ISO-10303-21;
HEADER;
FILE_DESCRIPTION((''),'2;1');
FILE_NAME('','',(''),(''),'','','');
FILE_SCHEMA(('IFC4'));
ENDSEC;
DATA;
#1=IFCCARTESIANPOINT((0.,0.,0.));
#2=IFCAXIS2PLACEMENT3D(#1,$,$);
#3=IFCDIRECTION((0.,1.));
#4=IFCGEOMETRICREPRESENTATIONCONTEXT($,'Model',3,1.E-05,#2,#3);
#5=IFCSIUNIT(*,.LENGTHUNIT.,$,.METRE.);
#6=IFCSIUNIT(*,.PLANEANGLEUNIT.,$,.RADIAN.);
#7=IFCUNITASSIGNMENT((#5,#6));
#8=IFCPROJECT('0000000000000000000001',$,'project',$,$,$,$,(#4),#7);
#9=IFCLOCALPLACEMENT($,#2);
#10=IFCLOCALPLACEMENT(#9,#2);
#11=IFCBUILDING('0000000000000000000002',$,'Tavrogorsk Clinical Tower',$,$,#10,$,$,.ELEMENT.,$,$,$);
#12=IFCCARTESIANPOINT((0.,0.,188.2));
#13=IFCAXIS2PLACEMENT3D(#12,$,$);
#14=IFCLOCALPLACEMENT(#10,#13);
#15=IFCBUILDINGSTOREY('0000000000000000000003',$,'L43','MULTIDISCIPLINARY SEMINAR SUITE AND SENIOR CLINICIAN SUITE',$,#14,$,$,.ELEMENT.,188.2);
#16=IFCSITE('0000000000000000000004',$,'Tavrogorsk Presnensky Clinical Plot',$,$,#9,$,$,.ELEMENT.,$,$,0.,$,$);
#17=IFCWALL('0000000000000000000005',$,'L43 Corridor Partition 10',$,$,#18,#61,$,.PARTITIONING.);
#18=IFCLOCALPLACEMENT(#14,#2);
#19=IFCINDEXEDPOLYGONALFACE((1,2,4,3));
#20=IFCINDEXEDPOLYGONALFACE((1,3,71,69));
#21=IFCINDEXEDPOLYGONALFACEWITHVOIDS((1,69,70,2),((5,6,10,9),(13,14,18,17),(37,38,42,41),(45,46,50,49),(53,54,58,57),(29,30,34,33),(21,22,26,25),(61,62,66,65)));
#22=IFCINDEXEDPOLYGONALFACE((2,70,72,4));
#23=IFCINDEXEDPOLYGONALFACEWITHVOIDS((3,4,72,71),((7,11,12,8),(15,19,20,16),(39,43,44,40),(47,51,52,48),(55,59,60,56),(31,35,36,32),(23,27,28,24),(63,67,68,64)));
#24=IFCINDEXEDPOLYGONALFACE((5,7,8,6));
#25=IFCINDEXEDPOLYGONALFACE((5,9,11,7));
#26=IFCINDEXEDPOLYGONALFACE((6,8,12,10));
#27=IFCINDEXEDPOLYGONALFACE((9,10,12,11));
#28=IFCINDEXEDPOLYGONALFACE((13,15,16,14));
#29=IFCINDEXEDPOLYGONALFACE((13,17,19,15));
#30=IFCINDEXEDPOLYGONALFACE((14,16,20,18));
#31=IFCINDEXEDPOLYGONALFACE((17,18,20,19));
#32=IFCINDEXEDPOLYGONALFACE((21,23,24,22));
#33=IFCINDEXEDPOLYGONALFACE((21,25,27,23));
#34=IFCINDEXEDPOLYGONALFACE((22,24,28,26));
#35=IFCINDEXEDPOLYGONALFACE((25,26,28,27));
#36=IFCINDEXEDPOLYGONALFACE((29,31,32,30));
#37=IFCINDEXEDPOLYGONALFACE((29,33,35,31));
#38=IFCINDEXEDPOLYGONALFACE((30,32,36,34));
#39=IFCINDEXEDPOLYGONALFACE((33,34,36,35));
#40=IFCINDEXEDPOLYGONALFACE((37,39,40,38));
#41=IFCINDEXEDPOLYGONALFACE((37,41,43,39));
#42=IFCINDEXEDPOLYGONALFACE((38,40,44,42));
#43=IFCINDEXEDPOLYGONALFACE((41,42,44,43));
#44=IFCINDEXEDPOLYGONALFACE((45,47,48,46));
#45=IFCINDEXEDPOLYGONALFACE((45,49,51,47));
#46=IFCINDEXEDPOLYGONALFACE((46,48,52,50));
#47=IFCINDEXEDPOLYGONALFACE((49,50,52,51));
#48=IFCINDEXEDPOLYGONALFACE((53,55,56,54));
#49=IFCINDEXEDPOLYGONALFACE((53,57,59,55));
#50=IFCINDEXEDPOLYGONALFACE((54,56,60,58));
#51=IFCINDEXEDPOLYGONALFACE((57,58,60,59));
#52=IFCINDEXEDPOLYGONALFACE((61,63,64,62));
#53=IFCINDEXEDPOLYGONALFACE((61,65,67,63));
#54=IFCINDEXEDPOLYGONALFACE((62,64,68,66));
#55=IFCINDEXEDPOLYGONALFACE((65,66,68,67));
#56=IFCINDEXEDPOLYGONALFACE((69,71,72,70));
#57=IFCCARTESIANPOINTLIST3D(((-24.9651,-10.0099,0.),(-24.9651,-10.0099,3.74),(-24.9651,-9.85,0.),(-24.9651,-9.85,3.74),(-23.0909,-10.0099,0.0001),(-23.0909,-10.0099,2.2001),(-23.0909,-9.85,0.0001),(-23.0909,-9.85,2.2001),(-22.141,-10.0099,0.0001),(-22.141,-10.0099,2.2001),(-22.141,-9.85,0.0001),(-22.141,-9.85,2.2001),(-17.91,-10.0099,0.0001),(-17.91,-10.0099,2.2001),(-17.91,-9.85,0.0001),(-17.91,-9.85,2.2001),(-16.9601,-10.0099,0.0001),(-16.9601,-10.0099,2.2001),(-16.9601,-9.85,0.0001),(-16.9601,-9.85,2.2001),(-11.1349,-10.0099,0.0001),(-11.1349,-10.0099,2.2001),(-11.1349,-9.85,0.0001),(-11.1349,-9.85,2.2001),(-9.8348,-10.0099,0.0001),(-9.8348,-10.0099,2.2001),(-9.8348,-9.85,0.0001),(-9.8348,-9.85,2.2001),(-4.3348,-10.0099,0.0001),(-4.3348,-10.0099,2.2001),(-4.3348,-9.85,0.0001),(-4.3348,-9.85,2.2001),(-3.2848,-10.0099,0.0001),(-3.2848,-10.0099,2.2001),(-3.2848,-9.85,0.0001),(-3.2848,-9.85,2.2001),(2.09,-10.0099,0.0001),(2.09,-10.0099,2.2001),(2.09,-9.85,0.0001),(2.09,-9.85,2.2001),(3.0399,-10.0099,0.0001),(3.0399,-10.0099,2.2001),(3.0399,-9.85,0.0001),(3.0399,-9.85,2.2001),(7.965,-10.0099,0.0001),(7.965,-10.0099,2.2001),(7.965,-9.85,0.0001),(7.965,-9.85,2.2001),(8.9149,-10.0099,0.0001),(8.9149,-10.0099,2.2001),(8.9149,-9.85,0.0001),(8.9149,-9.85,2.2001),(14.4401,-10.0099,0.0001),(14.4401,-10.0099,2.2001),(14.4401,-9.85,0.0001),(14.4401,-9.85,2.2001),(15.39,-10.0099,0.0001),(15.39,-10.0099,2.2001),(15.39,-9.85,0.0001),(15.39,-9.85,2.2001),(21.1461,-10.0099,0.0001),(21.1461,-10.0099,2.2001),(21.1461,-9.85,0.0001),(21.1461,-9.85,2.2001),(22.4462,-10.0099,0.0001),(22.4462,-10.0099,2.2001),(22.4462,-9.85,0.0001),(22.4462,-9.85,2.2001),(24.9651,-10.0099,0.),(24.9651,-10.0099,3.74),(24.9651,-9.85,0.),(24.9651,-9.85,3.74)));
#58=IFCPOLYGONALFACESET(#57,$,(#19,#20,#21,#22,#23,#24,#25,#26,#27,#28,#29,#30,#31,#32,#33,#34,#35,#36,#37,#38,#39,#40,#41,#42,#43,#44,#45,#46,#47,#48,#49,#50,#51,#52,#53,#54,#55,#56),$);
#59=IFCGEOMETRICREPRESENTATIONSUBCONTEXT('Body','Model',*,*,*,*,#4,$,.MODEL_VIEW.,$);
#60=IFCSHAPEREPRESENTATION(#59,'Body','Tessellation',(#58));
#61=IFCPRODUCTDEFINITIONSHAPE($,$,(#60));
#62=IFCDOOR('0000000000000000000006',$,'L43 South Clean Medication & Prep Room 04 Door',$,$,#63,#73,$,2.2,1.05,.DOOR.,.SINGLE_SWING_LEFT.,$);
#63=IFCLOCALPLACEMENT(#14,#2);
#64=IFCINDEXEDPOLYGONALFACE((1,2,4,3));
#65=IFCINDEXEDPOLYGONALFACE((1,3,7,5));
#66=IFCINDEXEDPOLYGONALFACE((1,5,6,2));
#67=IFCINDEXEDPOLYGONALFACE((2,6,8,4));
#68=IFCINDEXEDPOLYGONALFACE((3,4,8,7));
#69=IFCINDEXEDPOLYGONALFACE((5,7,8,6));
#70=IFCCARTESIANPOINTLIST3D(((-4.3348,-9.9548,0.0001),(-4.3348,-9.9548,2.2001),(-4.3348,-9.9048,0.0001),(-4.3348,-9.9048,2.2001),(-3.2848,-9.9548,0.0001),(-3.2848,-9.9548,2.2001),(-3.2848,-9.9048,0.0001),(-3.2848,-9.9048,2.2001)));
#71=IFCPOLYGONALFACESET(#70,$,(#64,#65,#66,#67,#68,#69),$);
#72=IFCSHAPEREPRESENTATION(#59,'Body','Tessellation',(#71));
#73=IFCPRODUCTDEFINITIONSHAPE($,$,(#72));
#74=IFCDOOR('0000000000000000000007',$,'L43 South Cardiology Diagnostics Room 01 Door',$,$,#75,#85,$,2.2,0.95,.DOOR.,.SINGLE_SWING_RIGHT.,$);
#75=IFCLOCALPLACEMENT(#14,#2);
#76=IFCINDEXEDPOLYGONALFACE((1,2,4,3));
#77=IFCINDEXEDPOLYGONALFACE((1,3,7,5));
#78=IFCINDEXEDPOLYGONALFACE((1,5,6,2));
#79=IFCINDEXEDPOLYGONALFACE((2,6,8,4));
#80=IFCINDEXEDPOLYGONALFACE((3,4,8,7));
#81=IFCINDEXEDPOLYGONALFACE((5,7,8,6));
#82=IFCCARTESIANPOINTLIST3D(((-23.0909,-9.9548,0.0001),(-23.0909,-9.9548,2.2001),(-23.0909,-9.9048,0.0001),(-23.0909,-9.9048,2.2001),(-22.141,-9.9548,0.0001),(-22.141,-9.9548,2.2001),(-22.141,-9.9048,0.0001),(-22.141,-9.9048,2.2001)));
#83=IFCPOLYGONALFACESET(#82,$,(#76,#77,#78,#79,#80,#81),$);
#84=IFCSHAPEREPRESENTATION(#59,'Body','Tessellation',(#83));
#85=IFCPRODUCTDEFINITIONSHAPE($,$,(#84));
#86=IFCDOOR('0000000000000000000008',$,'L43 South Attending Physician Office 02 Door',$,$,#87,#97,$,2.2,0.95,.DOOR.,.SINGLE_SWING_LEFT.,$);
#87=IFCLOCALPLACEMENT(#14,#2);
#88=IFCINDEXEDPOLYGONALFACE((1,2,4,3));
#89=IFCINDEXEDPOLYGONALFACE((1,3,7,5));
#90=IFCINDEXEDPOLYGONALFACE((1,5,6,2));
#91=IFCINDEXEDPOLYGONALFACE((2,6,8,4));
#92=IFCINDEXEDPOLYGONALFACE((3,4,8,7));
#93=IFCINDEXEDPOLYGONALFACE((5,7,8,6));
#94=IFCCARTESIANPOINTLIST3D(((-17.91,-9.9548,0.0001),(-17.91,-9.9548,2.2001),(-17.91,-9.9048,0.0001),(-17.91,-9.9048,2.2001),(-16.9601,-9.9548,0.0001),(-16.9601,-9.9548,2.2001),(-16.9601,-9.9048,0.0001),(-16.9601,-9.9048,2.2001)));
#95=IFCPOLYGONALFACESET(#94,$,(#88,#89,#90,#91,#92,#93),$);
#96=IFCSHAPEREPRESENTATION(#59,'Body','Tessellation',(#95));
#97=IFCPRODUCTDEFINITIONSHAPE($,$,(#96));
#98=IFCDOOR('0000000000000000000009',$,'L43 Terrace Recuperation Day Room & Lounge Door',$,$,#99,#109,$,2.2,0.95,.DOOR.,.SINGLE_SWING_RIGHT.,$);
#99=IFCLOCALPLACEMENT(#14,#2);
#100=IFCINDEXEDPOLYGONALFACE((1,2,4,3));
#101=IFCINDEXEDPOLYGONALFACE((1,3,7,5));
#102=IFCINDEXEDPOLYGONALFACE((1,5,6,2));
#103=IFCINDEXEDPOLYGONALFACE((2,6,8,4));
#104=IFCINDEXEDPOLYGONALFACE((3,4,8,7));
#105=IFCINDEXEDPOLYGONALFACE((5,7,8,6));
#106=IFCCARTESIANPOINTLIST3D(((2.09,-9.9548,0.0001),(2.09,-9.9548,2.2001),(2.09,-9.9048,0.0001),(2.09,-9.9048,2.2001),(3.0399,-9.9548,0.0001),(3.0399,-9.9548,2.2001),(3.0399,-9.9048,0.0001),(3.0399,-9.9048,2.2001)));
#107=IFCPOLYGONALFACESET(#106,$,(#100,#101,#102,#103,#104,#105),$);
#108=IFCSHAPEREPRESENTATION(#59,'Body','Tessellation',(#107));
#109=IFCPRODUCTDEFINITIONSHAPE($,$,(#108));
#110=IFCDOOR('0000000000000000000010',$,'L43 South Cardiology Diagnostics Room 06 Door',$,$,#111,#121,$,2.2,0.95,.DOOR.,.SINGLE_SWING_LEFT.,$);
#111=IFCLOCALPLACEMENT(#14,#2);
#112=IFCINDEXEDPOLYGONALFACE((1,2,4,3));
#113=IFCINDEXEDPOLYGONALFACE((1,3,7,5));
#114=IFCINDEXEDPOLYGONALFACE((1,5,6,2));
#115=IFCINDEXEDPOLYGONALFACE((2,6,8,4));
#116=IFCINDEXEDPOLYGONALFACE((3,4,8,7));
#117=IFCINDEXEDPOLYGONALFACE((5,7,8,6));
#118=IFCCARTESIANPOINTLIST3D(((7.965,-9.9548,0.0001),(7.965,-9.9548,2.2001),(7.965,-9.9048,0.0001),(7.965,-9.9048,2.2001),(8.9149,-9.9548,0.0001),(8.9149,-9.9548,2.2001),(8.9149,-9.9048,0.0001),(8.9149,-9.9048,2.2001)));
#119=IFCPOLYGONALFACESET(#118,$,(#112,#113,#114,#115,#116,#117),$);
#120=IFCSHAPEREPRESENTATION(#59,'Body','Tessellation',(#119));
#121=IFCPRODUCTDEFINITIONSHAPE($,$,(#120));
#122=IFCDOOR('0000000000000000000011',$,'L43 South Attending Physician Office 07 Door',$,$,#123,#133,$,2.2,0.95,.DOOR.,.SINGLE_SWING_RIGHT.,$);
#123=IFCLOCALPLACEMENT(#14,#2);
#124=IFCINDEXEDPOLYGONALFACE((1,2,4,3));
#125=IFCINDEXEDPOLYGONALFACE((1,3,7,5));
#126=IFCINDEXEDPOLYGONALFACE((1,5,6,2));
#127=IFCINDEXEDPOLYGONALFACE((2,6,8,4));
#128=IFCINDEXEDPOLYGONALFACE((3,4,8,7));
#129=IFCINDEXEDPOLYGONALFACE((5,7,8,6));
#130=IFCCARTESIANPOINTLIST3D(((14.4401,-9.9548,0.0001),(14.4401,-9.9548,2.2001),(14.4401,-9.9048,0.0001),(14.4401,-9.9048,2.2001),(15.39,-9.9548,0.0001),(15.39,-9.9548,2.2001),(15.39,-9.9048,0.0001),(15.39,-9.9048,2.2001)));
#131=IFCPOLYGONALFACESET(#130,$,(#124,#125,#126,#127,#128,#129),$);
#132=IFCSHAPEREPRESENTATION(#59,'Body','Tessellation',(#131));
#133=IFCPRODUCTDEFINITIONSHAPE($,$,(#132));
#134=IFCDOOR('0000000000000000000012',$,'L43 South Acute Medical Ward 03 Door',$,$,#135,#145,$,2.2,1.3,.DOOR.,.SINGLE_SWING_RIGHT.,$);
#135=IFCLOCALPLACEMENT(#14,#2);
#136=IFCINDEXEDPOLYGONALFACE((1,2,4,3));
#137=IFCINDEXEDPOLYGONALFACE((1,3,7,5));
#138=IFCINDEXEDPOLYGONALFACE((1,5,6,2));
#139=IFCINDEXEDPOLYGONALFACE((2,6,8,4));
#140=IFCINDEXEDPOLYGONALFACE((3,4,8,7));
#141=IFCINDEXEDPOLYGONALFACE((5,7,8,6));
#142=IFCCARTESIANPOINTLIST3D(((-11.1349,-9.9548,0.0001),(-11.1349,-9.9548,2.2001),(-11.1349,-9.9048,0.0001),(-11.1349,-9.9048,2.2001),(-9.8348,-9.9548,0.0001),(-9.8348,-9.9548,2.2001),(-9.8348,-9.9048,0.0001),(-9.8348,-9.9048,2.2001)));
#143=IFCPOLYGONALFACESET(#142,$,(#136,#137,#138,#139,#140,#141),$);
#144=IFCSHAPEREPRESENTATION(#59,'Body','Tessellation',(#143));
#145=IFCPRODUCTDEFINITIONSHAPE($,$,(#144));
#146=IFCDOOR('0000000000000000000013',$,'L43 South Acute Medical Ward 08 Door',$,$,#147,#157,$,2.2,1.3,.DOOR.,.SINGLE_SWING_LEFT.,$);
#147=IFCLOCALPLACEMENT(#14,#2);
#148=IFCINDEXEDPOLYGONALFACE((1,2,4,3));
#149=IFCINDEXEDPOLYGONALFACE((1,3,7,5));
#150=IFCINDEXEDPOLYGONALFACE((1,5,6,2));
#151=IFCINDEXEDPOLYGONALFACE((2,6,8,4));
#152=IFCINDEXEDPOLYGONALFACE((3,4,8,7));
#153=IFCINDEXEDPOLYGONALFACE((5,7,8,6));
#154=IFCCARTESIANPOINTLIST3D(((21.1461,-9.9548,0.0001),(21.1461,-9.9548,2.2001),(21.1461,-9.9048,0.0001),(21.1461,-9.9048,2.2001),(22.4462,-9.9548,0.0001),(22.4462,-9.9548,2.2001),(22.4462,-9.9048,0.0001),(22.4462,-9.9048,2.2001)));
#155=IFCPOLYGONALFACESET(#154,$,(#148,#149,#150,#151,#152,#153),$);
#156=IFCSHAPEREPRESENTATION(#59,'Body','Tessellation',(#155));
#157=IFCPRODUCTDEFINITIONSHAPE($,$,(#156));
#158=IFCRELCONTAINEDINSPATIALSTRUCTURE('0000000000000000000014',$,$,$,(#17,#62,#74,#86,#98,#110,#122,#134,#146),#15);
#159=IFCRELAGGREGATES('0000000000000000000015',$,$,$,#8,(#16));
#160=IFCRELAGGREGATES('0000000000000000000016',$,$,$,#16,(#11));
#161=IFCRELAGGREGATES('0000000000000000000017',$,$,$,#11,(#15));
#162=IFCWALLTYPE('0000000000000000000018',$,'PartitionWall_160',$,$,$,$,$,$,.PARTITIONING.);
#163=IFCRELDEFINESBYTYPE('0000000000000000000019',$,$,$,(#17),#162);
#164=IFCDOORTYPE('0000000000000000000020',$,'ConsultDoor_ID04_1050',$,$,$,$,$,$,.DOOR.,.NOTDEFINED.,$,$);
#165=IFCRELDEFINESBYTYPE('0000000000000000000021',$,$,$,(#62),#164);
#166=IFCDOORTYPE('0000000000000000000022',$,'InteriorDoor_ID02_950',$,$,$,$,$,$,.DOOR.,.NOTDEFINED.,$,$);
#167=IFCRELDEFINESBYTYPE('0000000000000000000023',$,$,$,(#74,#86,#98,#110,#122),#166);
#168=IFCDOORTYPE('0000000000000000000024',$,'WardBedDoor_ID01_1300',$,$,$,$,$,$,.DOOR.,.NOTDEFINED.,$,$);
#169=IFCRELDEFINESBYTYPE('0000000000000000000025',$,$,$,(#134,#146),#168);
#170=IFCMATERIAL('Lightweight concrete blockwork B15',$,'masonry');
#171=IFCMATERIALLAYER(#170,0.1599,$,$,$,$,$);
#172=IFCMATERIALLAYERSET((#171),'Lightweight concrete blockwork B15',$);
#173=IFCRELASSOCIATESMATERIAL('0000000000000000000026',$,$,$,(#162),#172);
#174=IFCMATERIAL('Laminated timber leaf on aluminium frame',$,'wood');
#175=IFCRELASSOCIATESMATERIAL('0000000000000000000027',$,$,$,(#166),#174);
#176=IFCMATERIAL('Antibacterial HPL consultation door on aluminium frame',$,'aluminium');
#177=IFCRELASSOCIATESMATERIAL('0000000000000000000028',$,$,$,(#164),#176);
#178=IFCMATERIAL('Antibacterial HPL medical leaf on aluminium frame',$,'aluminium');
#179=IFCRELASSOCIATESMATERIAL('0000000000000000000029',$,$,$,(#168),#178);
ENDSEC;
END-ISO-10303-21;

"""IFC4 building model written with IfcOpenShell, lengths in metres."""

from ifc_helpers import new_model, si_unit, direction, frame, frame_2d, origin, place, context, subcontext, project, spatial, rectangle, extrude, material, layer, layer_set, type_object, element, fill, save


model = new_model("IFC4")

# Units and contexts
model_context = context("Model", 3, precision=1e-05, world=origin(), true_north=direction((0.0, 1.0)))
body_context = subcontext(model_context, "Body", "Model", "MODEL_VIEW")
ifc_project = project(units=[si_unit("LENGTHUNIT", "METRE"), si_unit("PLANEANGLEUNIT", "RADIAN")], contexts=[model_context])

# Site, building, storey
site_placement = place(None, origin())
site = spatial("IfcSite", under=ifc_project, at=site_placement, Name="Tavrogorsk Presnensky Clinical Plot", CompositionType="ELEMENT", RefElevation=0.0)
building_placement = place(site_placement, origin())
building = spatial("IfcBuilding", under=site, at=building_placement, Name="Tavrogorsk Clinical Tower", CompositionType="ELEMENT")
storey_placement = place(building_placement, frame((0.0, 0.0, 188.2)))
storey = spatial("IfcBuildingStorey", under=building, at=storey_placement, Name="L43", Description="MULTIDISCIPLINARY SEMINAR SUITE AND SENIOR CLINICIAN SUITE", CompositionType="ELEMENT", Elevation=188.2)

# Shared definitions
ifc_material_1 = material(Name="Lightweight concrete blockwork B15", Category="masonry")
ifc_layer = layer(ifc_material_1, 0.1599)
ifc_layer_set = layer_set([ifc_layer], Name="Lightweight concrete blockwork B15")
wall_type = type_object("IfcWallType", Name="PartitionWall_160", PredefinedType="PARTITIONING", material=ifc_layer_set)
ifc_material_2 = material(Name="Laminated timber leaf on aluminium frame", Category="wood")
door_type_1 = type_object("IfcDoorType", Name="InteriorDoor_ID02_950", OperationType="NOTDEFINED", PredefinedType="DOOR", material=ifc_material_2)

# Wall, openings, doors
wall_1_placement = place(storey_placement, frame((24.9651, -9.9299, 0.0), z_axis=(0.0, 0.0, 1.0), x_axis=(-1.0, 0.0, 0.0)))
wall_1 = element("IfcWall", 1, at=wall_1_placement, inside=storey, type_object=wall_type, Name="L43 Corridor Partition 10", PredefinedType="PARTITIONING", context=body_context, shape_type="SweptSolid", body=[
    extrude(rectangle(XDim=49.9302, YDim=0.1599, at=frame_2d((24.9651, 0.0))), origin(), (0.0, 0.0, 1.0), 3.74),
])
opening_1_placement = place(wall_1_placement, frame((47.106, 0.0, 0.0)))
opening_1 = element("IfcOpeningElement", 2, at=opening_1_placement, cuts=wall_1, PredefinedType="OPENING", context=body_context, shape_type="SweptSolid", body=[
    extrude(rectangle(XDim=0.95, YDim=2.2, at=frame_2d((0.4751, 1.1001))), frame((0.0, 0.0898, 0.0), z_axis=(0.0, -1.0, 0.0), x_axis=(1.0, 0.0, 0.0)), (0.0, 0.0, 1.0), 0.1799),
])
opening_2_placement = place(wall_1_placement, frame((41.925, 0.0, 0.0)))
opening_2 = element("IfcOpeningElement", 3, at=opening_2_placement, cuts=wall_1, PredefinedType="OPENING", context=body_context, shape_type="SweptSolid", body=[
    extrude(rectangle(XDim=0.95, YDim=2.2, at=frame_2d((0.4751, 1.1001))), frame((0.0, 0.0898, 0.0), z_axis=(0.0, -1.0, 0.0), x_axis=(1.0, 0.0, 0.0)), (0.0, 0.0, 1.0), 0.1799),
])
opening_3_placement = place(wall_1_placement, frame((34.8, 0.0, 0.0)))
opening_3 = element("IfcOpeningElement", 4, at=opening_3_placement, cuts=wall_1, PredefinedType="OPENING", context=body_context, shape_type="SweptSolid", body=[
    extrude(rectangle(XDim=1.3, YDim=2.2, at=frame_2d((0.6499, 1.1001))), frame((0.0, 0.0898, 0.0), z_axis=(0.0, -1.0, 0.0), x_axis=(1.0, 0.0, 0.0)), (0.0, 0.0, 1.0), 0.1799),
])
opening_4_placement = place(wall_1_placement, frame((28.25, 0.0, 0.0)))
opening_4 = element("IfcOpeningElement", 5, at=opening_4_placement, cuts=wall_1, PredefinedType="OPENING", context=body_context, shape_type="SweptSolid", body=[
    extrude(rectangle(XDim=1.05, YDim=2.2, at=frame_2d((0.5249, 1.1001))), frame((0.0, 0.0898, 0.0), z_axis=(0.0, -1.0, 0.0), x_axis=(1.0, 0.0, 0.0)), (0.0, 0.0, 1.0), 0.1799),
])
opening_5_placement = place(wall_1_placement, frame((21.925, 0.0, 0.0)))
opening_5 = element("IfcOpeningElement", 6, at=opening_5_placement, cuts=wall_1, PredefinedType="OPENING", context=body_context, shape_type="SweptSolid", body=[
    extrude(rectangle(XDim=0.95, YDim=2.2, at=frame_2d((0.4751, 1.1001))), frame((0.0, 0.0898, 0.0), z_axis=(0.0, -1.0, 0.0), x_axis=(1.0, 0.0, 0.0)), (0.0, 0.0, 1.0), 0.1799),
])
opening_6_placement = place(wall_1_placement, frame((16.05, 0.0, 0.0)))
opening_6 = element("IfcOpeningElement", 7, at=opening_6_placement, cuts=wall_1, PredefinedType="OPENING", context=body_context, shape_type="SweptSolid", body=[
    extrude(rectangle(XDim=0.95, YDim=2.2, at=frame_2d((0.4751, 1.1001))), frame((0.0, 0.0898, 0.0), z_axis=(0.0, -1.0, 0.0), x_axis=(1.0, 0.0, 0.0)), (0.0, 0.0, 1.0), 0.1799),
])
opening_7_placement = place(wall_1_placement, frame((9.575, 0.0, 0.0)))
opening_7 = element("IfcOpeningElement", 8, at=opening_7_placement, cuts=wall_1, PredefinedType="OPENING", context=body_context, shape_type="SweptSolid", body=[
    extrude(rectangle(XDim=0.95, YDim=2.2, at=frame_2d((0.4751, 1.1001))), frame((0.0, 0.0898, 0.0), z_axis=(0.0, -1.0, 0.0), x_axis=(1.0, 0.0, 0.0)), (0.0, 0.0, 1.0), 0.1799),
])
opening_8_placement = place(wall_1_placement, frame((2.519, 0.0, 0.0)))
opening_8 = element("IfcOpeningElement", 9, at=opening_8_placement, cuts=wall_1, PredefinedType="OPENING", context=body_context, shape_type="SweptSolid", body=[
    extrude(rectangle(XDim=1.3, YDim=2.2, at=frame_2d((0.6499, 1.1001))), frame((0.0, 0.0898, 0.0), z_axis=(0.0, -1.0, 0.0), x_axis=(1.0, 0.0, 0.0)), (0.0, 0.0, 1.0), 0.1799),
])
ifc_material_3 = material(Name="Antibacterial HPL consultation door on aluminium frame", Category="aluminium")
door_type_2 = type_object("IfcDoorType", Name="ConsultDoor_ID04_1050", OperationType="NOTDEFINED", PredefinedType="DOOR", material=ifc_material_3)
door_1_placement = place(opening_4_placement, origin())
door_1 = element("IfcDoor", 10, at=door_1_placement, inside=storey, type_object=door_type_2, Name="L43 South Clean Medication & Prep Room 04 Door", OperationType="SINGLE_SWING_LEFT", OverallHeight=2.2, OverallWidth=1.05, PredefinedType="DOOR", context=body_context, shape_type="SweptSolid", body=[
    extrude(rectangle(XDim=1.05, YDim=2.2, at=frame_2d((0.5249, 1.1001))), frame((0.0, 0.0249, 0.0), z_axis=(0.0, -1.0, 0.0), x_axis=(1.0, 0.0, 0.0)), (0.0, 0.0, 1.0), 0.05),
])
fill(opening_4, door_1)
door_2_placement = place(opening_1_placement, origin())
door_2 = element("IfcDoor", 11, at=door_2_placement, inside=storey, type_object=door_type_1, Name="L43 South Cardiology Diagnostics Room 01 Door", OperationType="SINGLE_SWING_RIGHT", OverallHeight=2.2, OverallWidth=0.95, PredefinedType="DOOR", context=body_context, shape_type="SweptSolid", body=[
    extrude(rectangle(XDim=0.95, YDim=2.2, at=frame_2d((0.4751, 1.1001))), frame((0.0, 0.0249, 0.0), z_axis=(0.0, -1.0, 0.0), x_axis=(1.0, 0.0, 0.0)), (0.0, 0.0, 1.0), 0.05),
])
fill(opening_1, door_2)
door_3_placement = place(opening_2_placement, origin())
door_3 = element("IfcDoor", 12, at=door_3_placement, inside=storey, type_object=door_type_1, Name="L43 South Attending Physician Office 02 Door", OperationType="SINGLE_SWING_LEFT", OverallHeight=2.2, OverallWidth=0.95, PredefinedType="DOOR", context=body_context, shape_type="SweptSolid", body=[
    extrude(rectangle(XDim=0.95, YDim=2.2, at=frame_2d((0.4751, 1.1001))), frame((0.0, 0.0249, 0.0), z_axis=(0.0, -1.0, 0.0), x_axis=(1.0, 0.0, 0.0)), (0.0, 0.0, 1.0), 0.05),
])
fill(opening_2, door_3)
door_4_placement = place(opening_5_placement, origin())
door_4 = element("IfcDoor", 13, at=door_4_placement, inside=storey, type_object=door_type_1, Name="L43 Terrace Recuperation Day Room & Lounge Door", OperationType="SINGLE_SWING_RIGHT", OverallHeight=2.2, OverallWidth=0.95, PredefinedType="DOOR", context=body_context, shape_type="SweptSolid", body=[
    extrude(rectangle(XDim=0.95, YDim=2.2, at=frame_2d((0.4751, 1.1001))), frame((0.0, 0.0249, 0.0), z_axis=(0.0, -1.0, 0.0), x_axis=(1.0, 0.0, 0.0)), (0.0, 0.0, 1.0), 0.05),
])
fill(opening_5, door_4)
door_5_placement = place(opening_6_placement, origin())
door_5 = element("IfcDoor", 14, at=door_5_placement, inside=storey, type_object=door_type_1, Name="L43 South Cardiology Diagnostics Room 06 Door", OperationType="SINGLE_SWING_LEFT", OverallHeight=2.2, OverallWidth=0.95, PredefinedType="DOOR", context=body_context, shape_type="SweptSolid", body=[
    extrude(rectangle(XDim=0.95, YDim=2.2, at=frame_2d((0.4751, 1.1001))), frame((0.0, 0.0249, 0.0), z_axis=(0.0, -1.0, 0.0), x_axis=(1.0, 0.0, 0.0)), (0.0, 0.0, 1.0), 0.05),
])
fill(opening_6, door_5)
door_6_placement = place(opening_7_placement, origin())
door_6 = element("IfcDoor", 15, at=door_6_placement, inside=storey, type_object=door_type_1, Name="L43 South Attending Physician Office 07 Door", OperationType="SINGLE_SWING_RIGHT", OverallHeight=2.2, OverallWidth=0.95, PredefinedType="DOOR", context=body_context, shape_type="SweptSolid", body=[
    extrude(rectangle(XDim=0.95, YDim=2.2, at=frame_2d((0.4751, 1.1001))), frame((0.0, 0.0249, 0.0), z_axis=(0.0, -1.0, 0.0), x_axis=(1.0, 0.0, 0.0)), (0.0, 0.0, 1.0), 0.05),
])
fill(opening_7, door_6)
ifc_material_4 = material(Name="Antibacterial HPL medical leaf on aluminium frame", Category="aluminium")
door_type_3 = type_object("IfcDoorType", Name="WardBedDoor_ID01_1300", OperationType="NOTDEFINED", PredefinedType="DOOR", material=ifc_material_4)
door_7_placement = place(opening_3_placement, origin())
door_7 = element("IfcDoor", 16, at=door_7_placement, inside=storey, type_object=door_type_3, Name="L43 South Acute Medical Ward 03 Door", OperationType="SINGLE_SWING_RIGHT", OverallHeight=2.2, OverallWidth=1.3, PredefinedType="DOOR", context=body_context, shape_type="SweptSolid", body=[
    extrude(rectangle(XDim=1.3, YDim=2.2, at=frame_2d((0.6499, 1.1001))), frame((0.0, 0.0249, 0.0), z_axis=(0.0, -1.0, 0.0), x_axis=(1.0, 0.0, 0.0)), (0.0, 0.0, 1.0), 0.05),
])
fill(opening_3, door_7)
door_8_placement = place(opening_8_placement, origin())
door_8 = element("IfcDoor", 17, at=door_8_placement, inside=storey, type_object=door_type_3, Name="L43 South Acute Medical Ward 08 Door", OperationType="SINGLE_SWING_LEFT", OverallHeight=2.2, OverallWidth=1.3, PredefinedType="DOOR", context=body_context, shape_type="SweptSolid", body=[
    extrude(rectangle(XDim=1.3, YDim=2.2, at=frame_2d((0.6499, 1.1001))), frame((0.0, 0.0249, 0.0), z_axis=(0.0, -1.0, 0.0), x_axis=(1.0, 0.0, 0.0)), (0.0, 0.0, 1.0), 0.05),
])
fill(opening_8, door_8)

save(model, "model.ifc")
